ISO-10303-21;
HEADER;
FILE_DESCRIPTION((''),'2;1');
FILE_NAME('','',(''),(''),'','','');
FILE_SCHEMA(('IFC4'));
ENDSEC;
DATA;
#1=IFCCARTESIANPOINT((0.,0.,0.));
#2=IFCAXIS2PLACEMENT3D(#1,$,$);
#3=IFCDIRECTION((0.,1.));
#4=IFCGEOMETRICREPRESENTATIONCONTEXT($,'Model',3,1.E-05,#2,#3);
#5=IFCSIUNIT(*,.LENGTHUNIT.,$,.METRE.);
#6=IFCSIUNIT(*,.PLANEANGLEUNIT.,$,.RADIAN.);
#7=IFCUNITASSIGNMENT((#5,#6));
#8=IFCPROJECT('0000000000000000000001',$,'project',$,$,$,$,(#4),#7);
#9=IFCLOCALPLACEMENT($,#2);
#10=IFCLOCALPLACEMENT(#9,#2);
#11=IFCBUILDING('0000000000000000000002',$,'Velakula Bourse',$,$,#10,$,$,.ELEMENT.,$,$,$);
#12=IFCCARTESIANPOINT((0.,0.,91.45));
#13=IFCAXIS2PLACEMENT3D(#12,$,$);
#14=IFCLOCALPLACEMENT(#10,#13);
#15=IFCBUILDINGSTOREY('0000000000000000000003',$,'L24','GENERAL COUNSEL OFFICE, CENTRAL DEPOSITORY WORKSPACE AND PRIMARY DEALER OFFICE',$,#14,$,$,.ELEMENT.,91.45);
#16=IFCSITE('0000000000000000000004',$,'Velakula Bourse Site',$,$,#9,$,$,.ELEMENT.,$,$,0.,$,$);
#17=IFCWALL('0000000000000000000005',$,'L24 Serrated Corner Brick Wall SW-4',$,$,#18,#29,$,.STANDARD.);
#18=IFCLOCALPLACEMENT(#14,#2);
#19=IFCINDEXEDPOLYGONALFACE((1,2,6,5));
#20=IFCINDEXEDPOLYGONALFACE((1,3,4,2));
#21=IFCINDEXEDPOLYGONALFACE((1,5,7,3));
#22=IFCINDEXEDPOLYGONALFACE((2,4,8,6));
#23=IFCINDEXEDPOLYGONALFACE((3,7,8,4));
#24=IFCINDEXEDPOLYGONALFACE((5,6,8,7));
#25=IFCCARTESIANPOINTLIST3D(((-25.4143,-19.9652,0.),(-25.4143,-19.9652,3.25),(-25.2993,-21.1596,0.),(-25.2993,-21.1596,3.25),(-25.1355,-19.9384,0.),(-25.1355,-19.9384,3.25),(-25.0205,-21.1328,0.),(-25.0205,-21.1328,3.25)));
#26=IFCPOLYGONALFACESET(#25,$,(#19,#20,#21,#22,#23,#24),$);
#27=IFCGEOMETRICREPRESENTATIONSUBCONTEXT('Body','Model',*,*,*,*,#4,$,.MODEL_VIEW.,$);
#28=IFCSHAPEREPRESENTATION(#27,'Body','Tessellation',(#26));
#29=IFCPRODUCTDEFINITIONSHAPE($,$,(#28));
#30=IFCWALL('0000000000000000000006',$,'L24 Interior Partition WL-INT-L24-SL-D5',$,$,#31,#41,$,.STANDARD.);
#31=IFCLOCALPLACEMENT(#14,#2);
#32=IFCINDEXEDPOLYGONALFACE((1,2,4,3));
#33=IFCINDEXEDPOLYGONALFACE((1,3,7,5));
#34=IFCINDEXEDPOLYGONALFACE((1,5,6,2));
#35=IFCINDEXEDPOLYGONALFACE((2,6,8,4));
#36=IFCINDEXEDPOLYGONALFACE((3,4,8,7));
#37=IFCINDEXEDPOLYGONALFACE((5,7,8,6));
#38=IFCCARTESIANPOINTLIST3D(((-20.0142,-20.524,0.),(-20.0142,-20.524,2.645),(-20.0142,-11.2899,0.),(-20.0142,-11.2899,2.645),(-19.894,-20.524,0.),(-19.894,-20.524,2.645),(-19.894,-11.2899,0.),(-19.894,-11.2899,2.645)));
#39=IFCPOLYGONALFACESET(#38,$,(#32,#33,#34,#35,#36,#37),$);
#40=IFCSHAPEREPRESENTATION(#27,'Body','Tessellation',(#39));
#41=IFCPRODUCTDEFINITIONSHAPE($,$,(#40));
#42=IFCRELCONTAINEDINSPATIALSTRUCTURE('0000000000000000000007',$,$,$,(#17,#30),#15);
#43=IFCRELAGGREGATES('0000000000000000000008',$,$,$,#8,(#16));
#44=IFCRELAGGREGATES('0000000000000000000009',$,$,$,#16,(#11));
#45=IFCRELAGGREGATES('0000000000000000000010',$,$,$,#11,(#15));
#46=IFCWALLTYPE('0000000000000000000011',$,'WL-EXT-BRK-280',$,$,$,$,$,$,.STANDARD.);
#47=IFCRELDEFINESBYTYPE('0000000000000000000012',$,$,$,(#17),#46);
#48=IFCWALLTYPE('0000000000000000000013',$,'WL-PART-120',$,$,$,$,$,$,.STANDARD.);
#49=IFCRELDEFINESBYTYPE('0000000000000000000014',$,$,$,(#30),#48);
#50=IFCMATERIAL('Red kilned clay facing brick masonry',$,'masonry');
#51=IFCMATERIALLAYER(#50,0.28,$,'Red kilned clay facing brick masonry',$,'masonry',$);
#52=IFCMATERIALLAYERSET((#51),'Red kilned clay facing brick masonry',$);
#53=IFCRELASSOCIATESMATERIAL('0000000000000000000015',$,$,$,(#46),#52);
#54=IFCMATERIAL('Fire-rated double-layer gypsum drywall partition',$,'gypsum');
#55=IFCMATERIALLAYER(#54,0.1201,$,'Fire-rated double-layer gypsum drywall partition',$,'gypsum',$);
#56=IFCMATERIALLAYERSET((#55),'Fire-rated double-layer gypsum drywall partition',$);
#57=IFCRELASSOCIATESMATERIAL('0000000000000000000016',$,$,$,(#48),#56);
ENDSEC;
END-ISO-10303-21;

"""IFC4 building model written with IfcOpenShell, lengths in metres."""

from ifc_helpers import new_model, si_unit, direction, frame, frame_2d, origin, place, context, subcontext, project, spatial, rectangle, extrude, material, layer, layer_set, type_object, element, save


model = new_model("IFC4")

# Units and contexts
model_context = context("Model", 3, precision=1e-05, world=origin(), true_north=direction((0.0, 1.0)))
body_context = subcontext(model_context, "Body", "Model", "MODEL_VIEW")
ifc_project = project(units=[si_unit("LENGTHUNIT", "METRE"), si_unit("PLANEANGLEUNIT", "RADIAN")], contexts=[model_context])

# Site, building, storey
site_placement = place(None, origin())
site = spatial("IfcSite", under=ifc_project, at=site_placement, Name="Velakula Bourse Site", CompositionType="ELEMENT", RefElevation=0.0)
building_placement = place(site_placement, origin())
building = spatial("IfcBuilding", under=site, at=building_placement, Name="Velakula Bourse", CompositionType="ELEMENT")
storey_placement = place(building_placement, frame((0.0, 0.0, 91.45)))
storey = spatial("IfcBuildingStorey", under=building, at=storey_placement, Name="L24", Description="GENERAL COUNSEL OFFICE, CENTRAL DEPOSITORY WORKSPACE AND PRIMARY DEALER OFFICE", CompositionType="ELEMENT", Elevation=91.45)

# Shared definitions
ifc_material_1 = material(Name="Red kilned clay facing brick masonry", Category="masonry")
ifc_layer_1 = layer(ifc_material_1, 0.28, Name="Red kilned clay facing brick masonry", Category="masonry")
ifc_layer_set_1 = layer_set([ifc_layer_1], Name="Red kilned clay facing brick masonry")
wall_type_1 = type_object("IfcWallType", Name="WL-EXT-BRK-280", PredefinedType="STANDARD", material=ifc_layer_set_1)

# Walls
wall_1_placement = place(storey_placement, frame((-25.2749, -19.9517, 0.0), z_axis=(0.0, 0.0, 1.0), x_axis=(0.095836, -0.995397, 0.0)))
element("IfcWall", 1, at=wall_1_placement, inside=storey, type_object=wall_type_1, Name="L24 Serrated Corner Brick Wall SW-4", PredefinedType="STANDARD", context=body_context, shape_type="SweptSolid", body=[
    extrude(rectangle(XDim=1.2, YDim=0.28, at=frame_2d((0.6001, 0.0))), origin(), (0.0, 0.0, 1.0), 3.25),
])
ifc_material_2 = material(Name="Fire-rated double-layer gypsum drywall partition", Category="gypsum")
ifc_layer_2 = layer(ifc_material_2, 0.1201, Name="Fire-rated double-layer gypsum drywall partition", Category="gypsum")
ifc_layer_set_2 = layer_set([ifc_layer_2], Name="Fire-rated double-layer gypsum drywall partition")
wall_type_2 = type_object("IfcWallType", Name="WL-PART-120", PredefinedType="STANDARD", material=ifc_layer_set_2)
wall_2_placement = place(storey_placement, frame((-19.9541, -20.5242, 0.0), z_axis=(0.0, 0.0, 1.0), x_axis=(0.0, 1.0, 0.0)))
element("IfcWall", 2, at=wall_2_placement, inside=storey, type_object=wall_type_2, Name="L24 Interior Partition WL-INT-L24-SL-D5", PredefinedType="STANDARD", context=body_context, shape_type="SweptSolid", body=[
    extrude(rectangle(XDim=9.2341, YDim=0.1201, at=frame_2d((4.6172, 0.0))), origin(), (0.0, 0.0, 1.0), 2.645),
])

save(model, "model.ifc")
